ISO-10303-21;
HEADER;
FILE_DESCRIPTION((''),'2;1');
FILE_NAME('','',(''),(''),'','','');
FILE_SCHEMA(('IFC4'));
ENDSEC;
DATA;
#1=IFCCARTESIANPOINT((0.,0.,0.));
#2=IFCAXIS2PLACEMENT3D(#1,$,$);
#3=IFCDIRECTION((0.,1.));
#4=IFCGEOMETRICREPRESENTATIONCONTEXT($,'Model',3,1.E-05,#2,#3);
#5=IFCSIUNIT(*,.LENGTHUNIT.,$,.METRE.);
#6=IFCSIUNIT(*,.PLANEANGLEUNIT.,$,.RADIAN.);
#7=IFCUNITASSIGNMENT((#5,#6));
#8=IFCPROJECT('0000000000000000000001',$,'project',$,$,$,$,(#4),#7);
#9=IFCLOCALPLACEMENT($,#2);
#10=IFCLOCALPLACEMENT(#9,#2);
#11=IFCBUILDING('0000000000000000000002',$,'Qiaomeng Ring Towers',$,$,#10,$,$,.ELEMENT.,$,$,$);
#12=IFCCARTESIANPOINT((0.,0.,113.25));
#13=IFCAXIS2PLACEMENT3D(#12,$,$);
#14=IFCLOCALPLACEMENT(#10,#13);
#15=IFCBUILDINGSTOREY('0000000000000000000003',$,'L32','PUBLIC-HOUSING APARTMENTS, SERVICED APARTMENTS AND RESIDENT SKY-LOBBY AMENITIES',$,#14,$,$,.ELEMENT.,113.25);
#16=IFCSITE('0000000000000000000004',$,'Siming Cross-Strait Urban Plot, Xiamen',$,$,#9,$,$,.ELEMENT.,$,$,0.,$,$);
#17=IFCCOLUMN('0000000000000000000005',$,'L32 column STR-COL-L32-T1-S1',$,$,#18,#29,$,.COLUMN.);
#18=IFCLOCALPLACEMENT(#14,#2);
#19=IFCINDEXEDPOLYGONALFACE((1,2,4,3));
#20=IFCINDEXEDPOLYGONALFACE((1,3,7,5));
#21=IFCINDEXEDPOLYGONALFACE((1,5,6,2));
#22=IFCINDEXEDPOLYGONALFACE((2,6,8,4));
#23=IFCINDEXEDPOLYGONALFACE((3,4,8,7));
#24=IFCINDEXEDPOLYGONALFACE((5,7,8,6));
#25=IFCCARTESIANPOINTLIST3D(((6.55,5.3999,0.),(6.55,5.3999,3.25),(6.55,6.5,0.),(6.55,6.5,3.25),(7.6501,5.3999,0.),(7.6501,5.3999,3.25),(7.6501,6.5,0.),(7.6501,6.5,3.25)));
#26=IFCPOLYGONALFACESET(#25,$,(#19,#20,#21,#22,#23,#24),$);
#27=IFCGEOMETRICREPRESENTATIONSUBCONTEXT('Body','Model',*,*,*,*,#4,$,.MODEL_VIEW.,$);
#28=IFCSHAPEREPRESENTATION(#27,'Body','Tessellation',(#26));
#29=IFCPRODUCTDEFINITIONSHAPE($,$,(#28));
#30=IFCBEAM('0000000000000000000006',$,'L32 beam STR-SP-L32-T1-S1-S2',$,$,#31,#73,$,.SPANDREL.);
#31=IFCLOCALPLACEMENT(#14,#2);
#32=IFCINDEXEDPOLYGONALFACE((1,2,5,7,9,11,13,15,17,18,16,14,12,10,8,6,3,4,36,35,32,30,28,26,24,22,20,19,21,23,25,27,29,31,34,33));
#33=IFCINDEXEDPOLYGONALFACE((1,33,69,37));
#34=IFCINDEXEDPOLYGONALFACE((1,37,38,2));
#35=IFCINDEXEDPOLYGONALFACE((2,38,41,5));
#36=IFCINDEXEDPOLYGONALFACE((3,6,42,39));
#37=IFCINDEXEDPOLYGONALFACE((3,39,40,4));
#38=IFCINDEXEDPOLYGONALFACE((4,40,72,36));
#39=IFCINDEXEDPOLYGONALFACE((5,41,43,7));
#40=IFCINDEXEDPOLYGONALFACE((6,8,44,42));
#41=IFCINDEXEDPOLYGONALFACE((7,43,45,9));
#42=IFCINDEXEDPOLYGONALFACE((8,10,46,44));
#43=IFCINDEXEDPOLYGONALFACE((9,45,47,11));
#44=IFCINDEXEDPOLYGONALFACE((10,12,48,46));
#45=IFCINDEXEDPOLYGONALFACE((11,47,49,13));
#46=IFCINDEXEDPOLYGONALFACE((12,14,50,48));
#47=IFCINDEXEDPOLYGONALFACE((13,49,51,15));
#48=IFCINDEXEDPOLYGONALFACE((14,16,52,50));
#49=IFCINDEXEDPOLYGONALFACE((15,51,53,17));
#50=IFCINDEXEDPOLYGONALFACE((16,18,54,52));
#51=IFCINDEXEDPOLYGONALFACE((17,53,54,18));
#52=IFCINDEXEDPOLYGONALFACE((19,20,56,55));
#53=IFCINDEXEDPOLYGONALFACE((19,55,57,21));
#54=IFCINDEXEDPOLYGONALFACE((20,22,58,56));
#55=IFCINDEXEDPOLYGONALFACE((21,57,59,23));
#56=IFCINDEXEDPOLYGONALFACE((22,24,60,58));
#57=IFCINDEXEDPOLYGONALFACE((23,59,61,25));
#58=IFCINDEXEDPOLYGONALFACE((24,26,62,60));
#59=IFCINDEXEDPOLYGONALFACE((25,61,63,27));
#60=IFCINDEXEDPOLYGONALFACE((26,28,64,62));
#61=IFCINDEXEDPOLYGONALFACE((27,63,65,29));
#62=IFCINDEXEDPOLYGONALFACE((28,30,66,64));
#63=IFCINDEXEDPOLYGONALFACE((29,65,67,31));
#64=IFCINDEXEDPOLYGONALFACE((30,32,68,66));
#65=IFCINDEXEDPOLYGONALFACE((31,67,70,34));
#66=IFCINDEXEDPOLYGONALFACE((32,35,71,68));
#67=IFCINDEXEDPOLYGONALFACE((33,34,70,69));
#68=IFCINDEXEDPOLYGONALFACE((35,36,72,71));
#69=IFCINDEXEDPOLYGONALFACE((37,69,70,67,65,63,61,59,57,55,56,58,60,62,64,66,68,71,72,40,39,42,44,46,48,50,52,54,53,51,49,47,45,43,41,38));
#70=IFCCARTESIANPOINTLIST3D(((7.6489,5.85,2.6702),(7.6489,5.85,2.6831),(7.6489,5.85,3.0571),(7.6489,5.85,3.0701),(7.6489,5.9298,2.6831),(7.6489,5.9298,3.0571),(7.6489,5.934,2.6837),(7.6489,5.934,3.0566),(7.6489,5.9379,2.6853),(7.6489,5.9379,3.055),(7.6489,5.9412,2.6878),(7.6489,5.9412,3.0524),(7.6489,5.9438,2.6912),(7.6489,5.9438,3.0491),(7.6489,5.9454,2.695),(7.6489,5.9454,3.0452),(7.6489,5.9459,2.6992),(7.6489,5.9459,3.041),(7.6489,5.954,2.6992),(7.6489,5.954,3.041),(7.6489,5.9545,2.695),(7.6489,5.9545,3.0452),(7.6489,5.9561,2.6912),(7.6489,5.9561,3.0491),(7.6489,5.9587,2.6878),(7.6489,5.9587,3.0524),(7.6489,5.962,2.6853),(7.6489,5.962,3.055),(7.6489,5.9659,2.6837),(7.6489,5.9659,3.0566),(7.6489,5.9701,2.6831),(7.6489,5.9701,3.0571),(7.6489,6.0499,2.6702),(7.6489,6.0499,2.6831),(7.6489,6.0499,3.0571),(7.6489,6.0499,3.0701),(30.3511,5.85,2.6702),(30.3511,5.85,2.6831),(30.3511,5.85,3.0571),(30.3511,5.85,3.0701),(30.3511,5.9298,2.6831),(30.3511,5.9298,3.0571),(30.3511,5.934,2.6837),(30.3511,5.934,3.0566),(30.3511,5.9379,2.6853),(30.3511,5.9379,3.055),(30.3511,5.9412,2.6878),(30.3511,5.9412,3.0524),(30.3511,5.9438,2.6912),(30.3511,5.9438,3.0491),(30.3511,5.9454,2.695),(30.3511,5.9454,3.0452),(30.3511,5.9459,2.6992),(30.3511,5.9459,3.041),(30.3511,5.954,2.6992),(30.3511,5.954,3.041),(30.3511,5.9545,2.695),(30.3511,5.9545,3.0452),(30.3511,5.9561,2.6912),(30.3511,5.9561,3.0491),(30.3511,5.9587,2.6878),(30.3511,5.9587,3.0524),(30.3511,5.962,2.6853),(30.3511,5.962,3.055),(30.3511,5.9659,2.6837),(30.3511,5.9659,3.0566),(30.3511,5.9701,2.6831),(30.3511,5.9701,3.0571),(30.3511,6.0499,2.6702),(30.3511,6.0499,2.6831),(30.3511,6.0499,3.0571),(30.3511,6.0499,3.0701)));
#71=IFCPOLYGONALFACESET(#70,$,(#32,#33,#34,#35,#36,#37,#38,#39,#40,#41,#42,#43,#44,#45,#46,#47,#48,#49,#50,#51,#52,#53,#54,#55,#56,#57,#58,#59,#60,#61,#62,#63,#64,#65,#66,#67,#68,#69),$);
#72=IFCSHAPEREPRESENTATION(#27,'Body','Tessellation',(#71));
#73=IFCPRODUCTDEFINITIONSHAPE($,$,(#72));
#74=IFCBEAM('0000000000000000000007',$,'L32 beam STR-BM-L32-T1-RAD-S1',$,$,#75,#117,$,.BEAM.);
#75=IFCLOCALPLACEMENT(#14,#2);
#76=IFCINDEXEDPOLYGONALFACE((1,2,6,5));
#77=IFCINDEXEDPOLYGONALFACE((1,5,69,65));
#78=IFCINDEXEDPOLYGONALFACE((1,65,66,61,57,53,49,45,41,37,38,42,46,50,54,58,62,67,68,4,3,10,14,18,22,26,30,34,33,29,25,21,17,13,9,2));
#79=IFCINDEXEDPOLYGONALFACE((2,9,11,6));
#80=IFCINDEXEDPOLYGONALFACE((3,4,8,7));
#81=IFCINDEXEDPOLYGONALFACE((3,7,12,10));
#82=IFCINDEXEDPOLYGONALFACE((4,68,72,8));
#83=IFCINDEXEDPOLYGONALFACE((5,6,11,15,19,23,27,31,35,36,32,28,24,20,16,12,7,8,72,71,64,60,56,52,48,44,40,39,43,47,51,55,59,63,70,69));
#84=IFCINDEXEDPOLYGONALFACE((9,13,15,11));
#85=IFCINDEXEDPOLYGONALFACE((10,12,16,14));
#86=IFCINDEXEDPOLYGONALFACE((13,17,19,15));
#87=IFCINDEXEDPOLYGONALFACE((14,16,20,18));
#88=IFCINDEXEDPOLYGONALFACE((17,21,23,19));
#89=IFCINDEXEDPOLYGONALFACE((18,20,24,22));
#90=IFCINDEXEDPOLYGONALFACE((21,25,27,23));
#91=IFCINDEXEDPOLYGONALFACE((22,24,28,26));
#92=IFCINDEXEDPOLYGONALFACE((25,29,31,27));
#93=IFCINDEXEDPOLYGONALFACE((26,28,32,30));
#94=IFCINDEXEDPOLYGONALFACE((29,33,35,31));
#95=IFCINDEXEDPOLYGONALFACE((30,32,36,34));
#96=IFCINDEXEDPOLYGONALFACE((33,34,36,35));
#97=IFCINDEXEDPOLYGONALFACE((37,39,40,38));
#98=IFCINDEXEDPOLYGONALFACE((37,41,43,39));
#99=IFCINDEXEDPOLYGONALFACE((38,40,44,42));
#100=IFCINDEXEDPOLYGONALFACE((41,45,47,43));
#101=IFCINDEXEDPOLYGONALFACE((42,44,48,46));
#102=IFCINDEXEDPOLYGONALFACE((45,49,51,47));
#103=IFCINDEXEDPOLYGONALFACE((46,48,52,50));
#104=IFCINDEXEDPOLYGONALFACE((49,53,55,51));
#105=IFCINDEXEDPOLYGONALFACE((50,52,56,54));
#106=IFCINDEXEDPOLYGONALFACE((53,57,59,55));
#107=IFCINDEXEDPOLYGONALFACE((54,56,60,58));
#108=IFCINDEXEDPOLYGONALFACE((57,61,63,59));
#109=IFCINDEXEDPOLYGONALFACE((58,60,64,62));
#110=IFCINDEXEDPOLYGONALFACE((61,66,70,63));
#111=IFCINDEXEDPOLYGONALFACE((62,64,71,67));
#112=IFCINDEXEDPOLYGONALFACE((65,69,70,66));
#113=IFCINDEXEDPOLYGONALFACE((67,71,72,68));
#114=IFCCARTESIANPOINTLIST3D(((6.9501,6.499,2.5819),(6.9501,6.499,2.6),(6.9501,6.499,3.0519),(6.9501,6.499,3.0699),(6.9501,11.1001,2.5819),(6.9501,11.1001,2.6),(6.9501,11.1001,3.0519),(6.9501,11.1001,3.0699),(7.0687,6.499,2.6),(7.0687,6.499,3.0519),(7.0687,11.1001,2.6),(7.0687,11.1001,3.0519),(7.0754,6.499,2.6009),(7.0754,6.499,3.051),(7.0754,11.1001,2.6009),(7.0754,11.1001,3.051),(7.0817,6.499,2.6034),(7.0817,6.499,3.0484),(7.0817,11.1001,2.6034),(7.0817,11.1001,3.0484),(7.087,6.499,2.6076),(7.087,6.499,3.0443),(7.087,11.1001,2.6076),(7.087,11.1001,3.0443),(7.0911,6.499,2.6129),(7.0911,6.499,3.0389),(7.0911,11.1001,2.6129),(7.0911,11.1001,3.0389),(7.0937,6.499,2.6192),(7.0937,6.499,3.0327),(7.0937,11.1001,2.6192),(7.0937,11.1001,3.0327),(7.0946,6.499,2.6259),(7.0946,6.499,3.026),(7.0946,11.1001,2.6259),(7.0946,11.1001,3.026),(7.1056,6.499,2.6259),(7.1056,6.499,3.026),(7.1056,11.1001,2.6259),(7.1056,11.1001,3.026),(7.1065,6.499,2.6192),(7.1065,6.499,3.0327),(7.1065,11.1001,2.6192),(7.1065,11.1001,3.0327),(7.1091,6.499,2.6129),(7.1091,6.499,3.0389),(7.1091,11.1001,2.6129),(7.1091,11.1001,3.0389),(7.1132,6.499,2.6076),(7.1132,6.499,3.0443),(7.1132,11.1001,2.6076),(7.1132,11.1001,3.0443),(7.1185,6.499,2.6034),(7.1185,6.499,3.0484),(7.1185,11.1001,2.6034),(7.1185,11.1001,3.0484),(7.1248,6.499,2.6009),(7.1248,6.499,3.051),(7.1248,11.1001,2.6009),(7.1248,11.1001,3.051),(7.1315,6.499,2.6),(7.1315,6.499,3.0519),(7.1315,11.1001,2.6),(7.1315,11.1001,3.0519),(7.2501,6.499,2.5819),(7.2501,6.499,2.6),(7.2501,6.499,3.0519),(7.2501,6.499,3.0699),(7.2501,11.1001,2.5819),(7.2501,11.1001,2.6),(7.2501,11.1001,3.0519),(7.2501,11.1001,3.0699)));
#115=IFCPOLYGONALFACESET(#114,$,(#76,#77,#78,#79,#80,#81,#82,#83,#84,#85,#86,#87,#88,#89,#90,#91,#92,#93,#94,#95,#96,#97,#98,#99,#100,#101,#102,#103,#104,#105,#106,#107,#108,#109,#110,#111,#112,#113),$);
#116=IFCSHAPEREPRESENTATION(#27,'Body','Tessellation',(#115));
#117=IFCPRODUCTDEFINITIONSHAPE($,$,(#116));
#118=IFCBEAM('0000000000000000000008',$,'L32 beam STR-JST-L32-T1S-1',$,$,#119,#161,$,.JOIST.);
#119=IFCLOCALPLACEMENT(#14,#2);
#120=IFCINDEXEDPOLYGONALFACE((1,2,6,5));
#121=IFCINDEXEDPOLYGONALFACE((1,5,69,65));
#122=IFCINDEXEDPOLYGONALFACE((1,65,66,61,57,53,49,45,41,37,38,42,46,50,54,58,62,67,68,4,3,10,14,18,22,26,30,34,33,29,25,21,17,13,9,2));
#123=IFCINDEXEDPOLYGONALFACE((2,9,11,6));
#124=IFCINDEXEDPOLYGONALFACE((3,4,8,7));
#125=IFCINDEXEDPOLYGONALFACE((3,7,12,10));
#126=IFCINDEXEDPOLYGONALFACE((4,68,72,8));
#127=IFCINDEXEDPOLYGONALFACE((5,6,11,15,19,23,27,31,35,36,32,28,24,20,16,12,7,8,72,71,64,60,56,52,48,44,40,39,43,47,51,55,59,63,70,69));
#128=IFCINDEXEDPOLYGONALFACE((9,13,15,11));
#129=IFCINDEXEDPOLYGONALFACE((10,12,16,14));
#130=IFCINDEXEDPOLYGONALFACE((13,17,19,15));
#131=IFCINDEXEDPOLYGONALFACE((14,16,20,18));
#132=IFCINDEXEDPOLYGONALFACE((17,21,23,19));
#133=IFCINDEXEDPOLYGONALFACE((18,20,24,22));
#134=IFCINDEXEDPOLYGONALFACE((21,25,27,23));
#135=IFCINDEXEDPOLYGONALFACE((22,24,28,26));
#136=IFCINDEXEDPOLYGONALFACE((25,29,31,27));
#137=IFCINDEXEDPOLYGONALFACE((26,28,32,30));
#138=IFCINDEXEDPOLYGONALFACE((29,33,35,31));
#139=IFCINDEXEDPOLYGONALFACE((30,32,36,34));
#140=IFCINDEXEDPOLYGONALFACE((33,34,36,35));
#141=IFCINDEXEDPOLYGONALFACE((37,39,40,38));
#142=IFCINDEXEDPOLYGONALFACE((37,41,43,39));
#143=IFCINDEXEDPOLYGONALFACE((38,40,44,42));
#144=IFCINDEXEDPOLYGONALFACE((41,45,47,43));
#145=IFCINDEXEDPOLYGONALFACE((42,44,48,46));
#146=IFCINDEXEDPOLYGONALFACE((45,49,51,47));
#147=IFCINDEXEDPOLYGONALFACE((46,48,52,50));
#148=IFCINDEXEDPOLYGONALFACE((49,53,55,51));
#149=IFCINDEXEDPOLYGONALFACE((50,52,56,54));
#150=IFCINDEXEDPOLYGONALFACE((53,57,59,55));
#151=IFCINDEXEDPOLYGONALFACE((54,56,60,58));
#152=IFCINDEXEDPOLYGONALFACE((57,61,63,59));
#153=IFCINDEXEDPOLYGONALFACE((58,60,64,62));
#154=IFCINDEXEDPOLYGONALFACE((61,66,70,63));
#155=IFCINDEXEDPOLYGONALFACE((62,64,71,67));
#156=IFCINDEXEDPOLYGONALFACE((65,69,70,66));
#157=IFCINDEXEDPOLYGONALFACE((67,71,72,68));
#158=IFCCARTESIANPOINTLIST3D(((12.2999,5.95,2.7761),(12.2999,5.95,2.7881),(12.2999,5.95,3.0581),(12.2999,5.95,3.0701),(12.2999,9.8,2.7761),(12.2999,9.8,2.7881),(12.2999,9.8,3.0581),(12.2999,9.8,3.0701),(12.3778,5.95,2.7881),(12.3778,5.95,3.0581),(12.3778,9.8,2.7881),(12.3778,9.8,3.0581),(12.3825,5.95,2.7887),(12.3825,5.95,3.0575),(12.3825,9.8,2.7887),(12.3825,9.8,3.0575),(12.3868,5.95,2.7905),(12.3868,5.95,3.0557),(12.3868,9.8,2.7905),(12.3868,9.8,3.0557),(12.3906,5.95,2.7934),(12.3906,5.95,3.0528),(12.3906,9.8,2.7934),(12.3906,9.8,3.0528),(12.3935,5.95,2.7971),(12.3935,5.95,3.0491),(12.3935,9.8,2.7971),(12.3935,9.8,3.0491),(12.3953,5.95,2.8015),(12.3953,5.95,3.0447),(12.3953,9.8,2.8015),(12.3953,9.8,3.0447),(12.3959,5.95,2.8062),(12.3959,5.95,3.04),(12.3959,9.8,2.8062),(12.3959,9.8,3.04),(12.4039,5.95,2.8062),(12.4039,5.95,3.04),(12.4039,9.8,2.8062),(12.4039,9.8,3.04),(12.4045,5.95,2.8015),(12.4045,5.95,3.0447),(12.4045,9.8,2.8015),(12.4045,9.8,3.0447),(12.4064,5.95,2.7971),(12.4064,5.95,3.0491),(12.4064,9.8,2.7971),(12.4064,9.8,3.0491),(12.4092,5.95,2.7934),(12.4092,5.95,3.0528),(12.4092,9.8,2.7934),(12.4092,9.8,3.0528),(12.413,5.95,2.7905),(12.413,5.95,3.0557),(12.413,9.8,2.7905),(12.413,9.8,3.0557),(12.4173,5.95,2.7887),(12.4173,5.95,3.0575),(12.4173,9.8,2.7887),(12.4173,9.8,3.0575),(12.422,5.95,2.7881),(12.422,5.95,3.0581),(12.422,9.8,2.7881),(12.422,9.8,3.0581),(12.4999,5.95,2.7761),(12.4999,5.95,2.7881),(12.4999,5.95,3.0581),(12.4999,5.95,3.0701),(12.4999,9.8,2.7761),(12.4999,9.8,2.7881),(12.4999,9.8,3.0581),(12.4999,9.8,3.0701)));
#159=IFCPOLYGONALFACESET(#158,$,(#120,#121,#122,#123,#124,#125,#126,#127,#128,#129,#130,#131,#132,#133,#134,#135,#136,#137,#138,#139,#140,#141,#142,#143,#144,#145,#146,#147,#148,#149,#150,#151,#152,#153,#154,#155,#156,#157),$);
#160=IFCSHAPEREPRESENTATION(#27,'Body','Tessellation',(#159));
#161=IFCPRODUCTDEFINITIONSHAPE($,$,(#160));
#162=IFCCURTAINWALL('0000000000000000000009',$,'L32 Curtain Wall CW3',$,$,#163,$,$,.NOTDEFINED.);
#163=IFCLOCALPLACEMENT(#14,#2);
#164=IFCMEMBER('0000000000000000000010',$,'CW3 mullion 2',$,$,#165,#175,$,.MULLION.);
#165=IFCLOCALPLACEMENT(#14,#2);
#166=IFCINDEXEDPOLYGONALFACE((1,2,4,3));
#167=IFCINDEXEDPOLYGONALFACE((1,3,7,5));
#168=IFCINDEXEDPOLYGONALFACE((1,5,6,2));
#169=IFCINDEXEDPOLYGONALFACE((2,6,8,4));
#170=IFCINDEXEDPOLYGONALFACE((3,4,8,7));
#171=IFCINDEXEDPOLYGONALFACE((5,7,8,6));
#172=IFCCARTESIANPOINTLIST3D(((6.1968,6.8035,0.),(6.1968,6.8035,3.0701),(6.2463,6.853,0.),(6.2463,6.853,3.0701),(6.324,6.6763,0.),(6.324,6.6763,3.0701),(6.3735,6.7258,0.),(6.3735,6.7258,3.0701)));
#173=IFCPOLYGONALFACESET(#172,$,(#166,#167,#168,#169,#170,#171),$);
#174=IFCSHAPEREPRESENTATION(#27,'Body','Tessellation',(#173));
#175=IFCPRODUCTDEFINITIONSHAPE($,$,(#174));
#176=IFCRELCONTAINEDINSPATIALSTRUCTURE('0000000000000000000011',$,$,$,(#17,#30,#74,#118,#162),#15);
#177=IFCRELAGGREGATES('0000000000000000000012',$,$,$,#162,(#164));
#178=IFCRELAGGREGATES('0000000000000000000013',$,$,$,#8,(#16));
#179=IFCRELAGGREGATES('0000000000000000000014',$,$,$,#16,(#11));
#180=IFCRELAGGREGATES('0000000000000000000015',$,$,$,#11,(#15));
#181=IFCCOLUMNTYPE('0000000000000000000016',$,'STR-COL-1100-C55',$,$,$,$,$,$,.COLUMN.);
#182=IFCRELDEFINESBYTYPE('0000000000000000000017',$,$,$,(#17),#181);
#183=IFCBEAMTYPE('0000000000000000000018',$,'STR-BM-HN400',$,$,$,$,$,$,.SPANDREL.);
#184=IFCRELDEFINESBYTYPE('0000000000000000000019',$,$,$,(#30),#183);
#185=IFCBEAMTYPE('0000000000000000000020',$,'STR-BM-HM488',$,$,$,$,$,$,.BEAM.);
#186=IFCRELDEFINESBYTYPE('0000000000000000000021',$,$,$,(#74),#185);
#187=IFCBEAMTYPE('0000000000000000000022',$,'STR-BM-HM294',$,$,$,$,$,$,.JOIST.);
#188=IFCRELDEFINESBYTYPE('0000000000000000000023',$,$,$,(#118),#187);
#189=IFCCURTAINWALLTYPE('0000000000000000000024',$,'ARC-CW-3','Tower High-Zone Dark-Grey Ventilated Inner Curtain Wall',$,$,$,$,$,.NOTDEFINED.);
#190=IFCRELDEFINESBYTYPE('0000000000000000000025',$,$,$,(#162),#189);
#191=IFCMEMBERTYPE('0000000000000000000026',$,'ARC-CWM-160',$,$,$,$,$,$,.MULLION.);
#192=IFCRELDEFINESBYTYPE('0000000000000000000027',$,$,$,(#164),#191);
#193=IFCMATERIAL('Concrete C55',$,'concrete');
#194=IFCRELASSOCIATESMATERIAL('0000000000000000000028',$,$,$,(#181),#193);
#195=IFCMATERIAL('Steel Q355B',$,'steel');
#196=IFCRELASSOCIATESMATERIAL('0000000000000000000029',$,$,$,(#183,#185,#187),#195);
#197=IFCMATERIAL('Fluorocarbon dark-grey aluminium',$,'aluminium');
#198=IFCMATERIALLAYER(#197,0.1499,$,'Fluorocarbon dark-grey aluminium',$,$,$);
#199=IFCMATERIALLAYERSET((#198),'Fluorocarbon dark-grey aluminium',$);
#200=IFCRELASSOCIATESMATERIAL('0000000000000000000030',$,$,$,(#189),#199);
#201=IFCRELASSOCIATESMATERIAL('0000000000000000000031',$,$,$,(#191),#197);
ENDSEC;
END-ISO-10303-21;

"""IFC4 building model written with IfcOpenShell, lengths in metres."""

from ifc_helpers import new_model, si_unit, direction, frame, origin, origin_2d, place, context, subcontext, project, spatial, rectangle, i_section, extrude, source, transform, mapped, material, layer, layer_set, material_profile, profile_set, type_object, element, aggregate, save


model = new_model("IFC4")

# Units and contexts
model_context = context("Model", 3, precision=1e-05, world=origin(), true_north=direction((0.0, 1.0)))
body_context = subcontext(model_context, "Body", "Model", "MODEL_VIEW")
ifc_project = project(units=[si_unit("LENGTHUNIT", "METRE"), si_unit("PLANEANGLEUNIT", "RADIAN")], contexts=[model_context])

# Site, building, storey
site_placement = place(None, origin())
site = spatial("IfcSite", under=ifc_project, at=site_placement, Name="Siming Cross-Strait Urban Plot, Xiamen", CompositionType="ELEMENT", RefElevation=0.0)
building_placement = place(site_placement, origin())
building = spatial("IfcBuilding", under=site, at=building_placement, Name="Qiaomeng Ring Towers", CompositionType="ELEMENT")
storey_placement = place(building_placement, frame((0.0, 0.0, 113.25)))
storey = spatial("IfcBuildingStorey", under=building, at=storey_placement, Name="L32", Description="PUBLIC-HOUSING APARTMENTS, SERVICED APARTMENTS AND RESIDENT SKY-LOBBY AMENITIES", CompositionType="ELEMENT", Elevation=113.25)

# Column
ifc_material_1 = material(Name="Concrete C55", Category="concrete")
ifc_material_profile_1 = material_profile(ifc_material_1, rectangle(XDim=1.1001, YDim=1.1001, at=origin_2d()), Name="RC COL 1100x1100")
ifc_profile_set_1 = profile_set([ifc_material_profile_1], Name="Concrete C55")
column_type = type_object("IfcColumnType", Name="STR-COL-1100-C55", PredefinedType="COLUMN", material=ifc_profile_set_1)
shared_shape_1 = source(origin(), body_context, "Body", "SweptSolid", [
    extrude(rectangle(XDim=1.1001, YDim=1.1001, at=origin_2d()), origin(), (0.0, 0.0, 1.0), 3.25),
])
column_placement = place(storey_placement, frame((7.1001, 5.95, 0.0), z_axis=(0.0, 0.0, 1.0), x_axis=(1.0, 0.0, 0.0)))
element("IfcColumn", 1, at=column_placement, inside=storey, type_object=column_type, Name="L32 column STR-COL-L32-T1-S1", PredefinedType="COLUMN", context=body_context, shape_type="MappedRepresentation", body=[
    mapped(shared_shape_1, transform((0.0, 0.0, 0.0), x_axis=(1.0, 0.0, 0.0), y_axis=(0.0, 1.0, 0.0), z_axis=(0.0, 0.0, 1.0), scale=1.0)),
])

# Beams
ifc_material_2 = material(Name="Steel Q355B", Category="steel")
ifc_material_profile_2 = material_profile(ifc_material_2, i_section(OverallWidth=0.2, OverallDepth=0.3999, WebThickness=0.0081, FlangeThickness=0.0129, FilletRadius=0.0161, at=origin_2d()), Name="HN 400x200x8x13")
ifc_profile_set_2 = profile_set([ifc_material_profile_2], Name="Steel Q355B")
beam_type_1 = type_object("IfcBeamType", Name="STR-BM-HN400", PredefinedType="SPANDREL", material=ifc_profile_set_2)
shared_shape_2 = source(origin(), body_context, "Body", "SweptSolid", [
    extrude(i_section(OverallWidth=0.2, OverallDepth=0.3999, WebThickness=0.0081, FlangeThickness=0.0129, FilletRadius=0.0161, at=origin_2d()), origin(), (0.0, 0.0, 1.0), 22.7021),
])
beam_1_placement = place(storey_placement, frame((7.6489, 5.95, 2.8701), z_axis=(1.0, 0.0, 0.0), x_axis=(0.0, 1.0, 0.0)))
element("IfcBeam", 2, at=beam_1_placement, inside=storey, type_object=beam_type_1, Name="L32 beam STR-SP-L32-T1-S1-S2", PredefinedType="SPANDREL", context=body_context, shape_type="MappedRepresentation", body=[
    mapped(shared_shape_2, transform((0.0, 0.0, 0.0), x_axis=(1.0, 0.0, 0.0), y_axis=(0.0, 1.0, 0.0), z_axis=(0.0, 0.0, 1.0), scale=1.0)),
])
ifc_material_profile_3 = material_profile(ifc_material_2, i_section(OverallWidth=0.3, OverallDepth=0.488, WebThickness=0.011, FlangeThickness=0.0181, FilletRadius=0.0259, at=origin_2d()), Name="HM 488x300x11x18")
ifc_profile_set_3 = profile_set([ifc_material_profile_3], Name="Steel Q355B")
beam_type_2 = type_object("IfcBeamType", Name="STR-BM-HM488", PredefinedType="BEAM", material=ifc_profile_set_3)
shared_shape_3 = source(origin(), body_context, "Body", "SweptSolid", [
    extrude(i_section(OverallWidth=0.3, OverallDepth=0.488, WebThickness=0.011, FlangeThickness=0.0181, FilletRadius=0.0259, at=origin_2d()), origin(), (0.0, 0.0, 1.0), 4.6011),
])
beam_2_placement = place(storey_placement, frame((7.1001, 6.499, 2.8259), z_axis=(0.0, 1.0, 0.0), x_axis=(-1.0, 0.0, 0.0)))
element("IfcBeam", 3, at=beam_2_placement, inside=storey, type_object=beam_type_2, Name="L32 beam STR-BM-L32-T1-RAD-S1", PredefinedType="BEAM", context=body_context, shape_type="MappedRepresentation", body=[
    mapped(shared_shape_3, transform((0.0, 0.0, 0.0), x_axis=(1.0, 0.0, 0.0), y_axis=(0.0, 1.0, 0.0), z_axis=(0.0, 0.0, 1.0), scale=1.0)),
])
ifc_material_profile_4 = material_profile(ifc_material_2, i_section(OverallWidth=0.2, OverallDepth=0.2939, WebThickness=0.0081, FlangeThickness=0.012, FilletRadius=0.0181, at=origin_2d()), Name="HM 294x200x8x12")
ifc_profile_set_4 = profile_set([ifc_material_profile_4], Name="Steel Q355B")
beam_type_3 = type_object("IfcBeamType", Name="STR-BM-HM294", PredefinedType="JOIST", material=ifc_profile_set_4)
shared_shape_4 = source(origin(), body_context, "Body", "SweptSolid", [
    extrude(i_section(OverallWidth=0.2, OverallDepth=0.2939, WebThickness=0.0081, FlangeThickness=0.012, FilletRadius=0.0181, at=origin_2d()), origin(), (0.0, 0.0, 1.0), 3.8501),
])
beam_3_placement = place(storey_placement, frame((12.3999, 5.95, 2.9231), z_axis=(0.0, 1.0, 0.0), x_axis=(-1.0, 0.0, 0.0)))
element("IfcBeam", 4, at=beam_3_placement, inside=storey, type_object=beam_type_3, Name="L32 beam STR-JST-L32-T1S-1", PredefinedType="JOIST", context=body_context, shape_type="MappedRepresentation", body=[
    mapped(shared_shape_4, transform((0.0, 0.0, 0.0), x_axis=(1.0, 0.0, 0.0), y_axis=(0.0, 1.0, 0.0), z_axis=(0.0, 0.0, 1.0), scale=1.0)),
])

# Curtain wall, member
ifc_material_3 = material(Name="Fluorocarbon dark-grey aluminium", Category="aluminium")
ifc_layer_1 = layer(ifc_material_3, 0.1499, Name="Fluorocarbon dark-grey aluminium")
ifc_layer_set_1 = layer_set([ifc_layer_1], Name="Fluorocarbon dark-grey aluminium")
curtain_wall_type = type_object("IfcCurtainWallType", Name="ARC-CW-3", Description="Tower High-Zone Dark-Grey Ventilated Inner Curtain Wall", PredefinedType="NOTDEFINED", material=ifc_layer_set_1)
curtain_wall_placement = place(storey_placement, origin())
curtain_wall = element("IfcCurtainWall", 5, at=curtain_wall_placement, inside=storey, type_object=curtain_wall_type, Name="L32 Curtain Wall CW3", PredefinedType="NOTDEFINED")
ifc_material_profile_5 = material_profile(ifc_material_3, rectangle(XDim=0.0701, YDim=0.1799, at=origin_2d()), Name="ALU MULL 70x180")
ifc_profile_set_5 = profile_set([ifc_material_profile_5], Name="Fluorocarbon dark-grey aluminium")
member_type = type_object("IfcMemberType", Name="ARC-CWM-160", PredefinedType="MULLION", material=ifc_profile_set_5)
shared_shape_5 = source(origin(), body_context, "Body", "SweptSolid", [
    extrude(rectangle(XDim=0.0701, YDim=0.1799, at=origin_2d()), origin(), (0.0, 0.0, 1.0), 3.0701),
])
member_placement = place(storey_placement, frame((6.2852, 6.7646, 0.0), z_axis=(0.0, 0.0, 1.0), x_axis=(0.707107, 0.707107, 0.0)))
member = element("IfcMember", 6, at=member_placement, type_object=member_type, Name="CW3 mullion 2", PredefinedType="MULLION", context=body_context, shape_type="MappedRepresentation", body=[
    mapped(shared_shape_5, transform((0.0, 0.0, 0.0), x_axis=(1.0, 0.0, 0.0), y_axis=(0.0, 1.0, 0.0), z_axis=(0.0, 0.0, 1.0), scale=1.0)),
])
aggregate(curtain_wall, [member])

save(model, "model.ifc")
